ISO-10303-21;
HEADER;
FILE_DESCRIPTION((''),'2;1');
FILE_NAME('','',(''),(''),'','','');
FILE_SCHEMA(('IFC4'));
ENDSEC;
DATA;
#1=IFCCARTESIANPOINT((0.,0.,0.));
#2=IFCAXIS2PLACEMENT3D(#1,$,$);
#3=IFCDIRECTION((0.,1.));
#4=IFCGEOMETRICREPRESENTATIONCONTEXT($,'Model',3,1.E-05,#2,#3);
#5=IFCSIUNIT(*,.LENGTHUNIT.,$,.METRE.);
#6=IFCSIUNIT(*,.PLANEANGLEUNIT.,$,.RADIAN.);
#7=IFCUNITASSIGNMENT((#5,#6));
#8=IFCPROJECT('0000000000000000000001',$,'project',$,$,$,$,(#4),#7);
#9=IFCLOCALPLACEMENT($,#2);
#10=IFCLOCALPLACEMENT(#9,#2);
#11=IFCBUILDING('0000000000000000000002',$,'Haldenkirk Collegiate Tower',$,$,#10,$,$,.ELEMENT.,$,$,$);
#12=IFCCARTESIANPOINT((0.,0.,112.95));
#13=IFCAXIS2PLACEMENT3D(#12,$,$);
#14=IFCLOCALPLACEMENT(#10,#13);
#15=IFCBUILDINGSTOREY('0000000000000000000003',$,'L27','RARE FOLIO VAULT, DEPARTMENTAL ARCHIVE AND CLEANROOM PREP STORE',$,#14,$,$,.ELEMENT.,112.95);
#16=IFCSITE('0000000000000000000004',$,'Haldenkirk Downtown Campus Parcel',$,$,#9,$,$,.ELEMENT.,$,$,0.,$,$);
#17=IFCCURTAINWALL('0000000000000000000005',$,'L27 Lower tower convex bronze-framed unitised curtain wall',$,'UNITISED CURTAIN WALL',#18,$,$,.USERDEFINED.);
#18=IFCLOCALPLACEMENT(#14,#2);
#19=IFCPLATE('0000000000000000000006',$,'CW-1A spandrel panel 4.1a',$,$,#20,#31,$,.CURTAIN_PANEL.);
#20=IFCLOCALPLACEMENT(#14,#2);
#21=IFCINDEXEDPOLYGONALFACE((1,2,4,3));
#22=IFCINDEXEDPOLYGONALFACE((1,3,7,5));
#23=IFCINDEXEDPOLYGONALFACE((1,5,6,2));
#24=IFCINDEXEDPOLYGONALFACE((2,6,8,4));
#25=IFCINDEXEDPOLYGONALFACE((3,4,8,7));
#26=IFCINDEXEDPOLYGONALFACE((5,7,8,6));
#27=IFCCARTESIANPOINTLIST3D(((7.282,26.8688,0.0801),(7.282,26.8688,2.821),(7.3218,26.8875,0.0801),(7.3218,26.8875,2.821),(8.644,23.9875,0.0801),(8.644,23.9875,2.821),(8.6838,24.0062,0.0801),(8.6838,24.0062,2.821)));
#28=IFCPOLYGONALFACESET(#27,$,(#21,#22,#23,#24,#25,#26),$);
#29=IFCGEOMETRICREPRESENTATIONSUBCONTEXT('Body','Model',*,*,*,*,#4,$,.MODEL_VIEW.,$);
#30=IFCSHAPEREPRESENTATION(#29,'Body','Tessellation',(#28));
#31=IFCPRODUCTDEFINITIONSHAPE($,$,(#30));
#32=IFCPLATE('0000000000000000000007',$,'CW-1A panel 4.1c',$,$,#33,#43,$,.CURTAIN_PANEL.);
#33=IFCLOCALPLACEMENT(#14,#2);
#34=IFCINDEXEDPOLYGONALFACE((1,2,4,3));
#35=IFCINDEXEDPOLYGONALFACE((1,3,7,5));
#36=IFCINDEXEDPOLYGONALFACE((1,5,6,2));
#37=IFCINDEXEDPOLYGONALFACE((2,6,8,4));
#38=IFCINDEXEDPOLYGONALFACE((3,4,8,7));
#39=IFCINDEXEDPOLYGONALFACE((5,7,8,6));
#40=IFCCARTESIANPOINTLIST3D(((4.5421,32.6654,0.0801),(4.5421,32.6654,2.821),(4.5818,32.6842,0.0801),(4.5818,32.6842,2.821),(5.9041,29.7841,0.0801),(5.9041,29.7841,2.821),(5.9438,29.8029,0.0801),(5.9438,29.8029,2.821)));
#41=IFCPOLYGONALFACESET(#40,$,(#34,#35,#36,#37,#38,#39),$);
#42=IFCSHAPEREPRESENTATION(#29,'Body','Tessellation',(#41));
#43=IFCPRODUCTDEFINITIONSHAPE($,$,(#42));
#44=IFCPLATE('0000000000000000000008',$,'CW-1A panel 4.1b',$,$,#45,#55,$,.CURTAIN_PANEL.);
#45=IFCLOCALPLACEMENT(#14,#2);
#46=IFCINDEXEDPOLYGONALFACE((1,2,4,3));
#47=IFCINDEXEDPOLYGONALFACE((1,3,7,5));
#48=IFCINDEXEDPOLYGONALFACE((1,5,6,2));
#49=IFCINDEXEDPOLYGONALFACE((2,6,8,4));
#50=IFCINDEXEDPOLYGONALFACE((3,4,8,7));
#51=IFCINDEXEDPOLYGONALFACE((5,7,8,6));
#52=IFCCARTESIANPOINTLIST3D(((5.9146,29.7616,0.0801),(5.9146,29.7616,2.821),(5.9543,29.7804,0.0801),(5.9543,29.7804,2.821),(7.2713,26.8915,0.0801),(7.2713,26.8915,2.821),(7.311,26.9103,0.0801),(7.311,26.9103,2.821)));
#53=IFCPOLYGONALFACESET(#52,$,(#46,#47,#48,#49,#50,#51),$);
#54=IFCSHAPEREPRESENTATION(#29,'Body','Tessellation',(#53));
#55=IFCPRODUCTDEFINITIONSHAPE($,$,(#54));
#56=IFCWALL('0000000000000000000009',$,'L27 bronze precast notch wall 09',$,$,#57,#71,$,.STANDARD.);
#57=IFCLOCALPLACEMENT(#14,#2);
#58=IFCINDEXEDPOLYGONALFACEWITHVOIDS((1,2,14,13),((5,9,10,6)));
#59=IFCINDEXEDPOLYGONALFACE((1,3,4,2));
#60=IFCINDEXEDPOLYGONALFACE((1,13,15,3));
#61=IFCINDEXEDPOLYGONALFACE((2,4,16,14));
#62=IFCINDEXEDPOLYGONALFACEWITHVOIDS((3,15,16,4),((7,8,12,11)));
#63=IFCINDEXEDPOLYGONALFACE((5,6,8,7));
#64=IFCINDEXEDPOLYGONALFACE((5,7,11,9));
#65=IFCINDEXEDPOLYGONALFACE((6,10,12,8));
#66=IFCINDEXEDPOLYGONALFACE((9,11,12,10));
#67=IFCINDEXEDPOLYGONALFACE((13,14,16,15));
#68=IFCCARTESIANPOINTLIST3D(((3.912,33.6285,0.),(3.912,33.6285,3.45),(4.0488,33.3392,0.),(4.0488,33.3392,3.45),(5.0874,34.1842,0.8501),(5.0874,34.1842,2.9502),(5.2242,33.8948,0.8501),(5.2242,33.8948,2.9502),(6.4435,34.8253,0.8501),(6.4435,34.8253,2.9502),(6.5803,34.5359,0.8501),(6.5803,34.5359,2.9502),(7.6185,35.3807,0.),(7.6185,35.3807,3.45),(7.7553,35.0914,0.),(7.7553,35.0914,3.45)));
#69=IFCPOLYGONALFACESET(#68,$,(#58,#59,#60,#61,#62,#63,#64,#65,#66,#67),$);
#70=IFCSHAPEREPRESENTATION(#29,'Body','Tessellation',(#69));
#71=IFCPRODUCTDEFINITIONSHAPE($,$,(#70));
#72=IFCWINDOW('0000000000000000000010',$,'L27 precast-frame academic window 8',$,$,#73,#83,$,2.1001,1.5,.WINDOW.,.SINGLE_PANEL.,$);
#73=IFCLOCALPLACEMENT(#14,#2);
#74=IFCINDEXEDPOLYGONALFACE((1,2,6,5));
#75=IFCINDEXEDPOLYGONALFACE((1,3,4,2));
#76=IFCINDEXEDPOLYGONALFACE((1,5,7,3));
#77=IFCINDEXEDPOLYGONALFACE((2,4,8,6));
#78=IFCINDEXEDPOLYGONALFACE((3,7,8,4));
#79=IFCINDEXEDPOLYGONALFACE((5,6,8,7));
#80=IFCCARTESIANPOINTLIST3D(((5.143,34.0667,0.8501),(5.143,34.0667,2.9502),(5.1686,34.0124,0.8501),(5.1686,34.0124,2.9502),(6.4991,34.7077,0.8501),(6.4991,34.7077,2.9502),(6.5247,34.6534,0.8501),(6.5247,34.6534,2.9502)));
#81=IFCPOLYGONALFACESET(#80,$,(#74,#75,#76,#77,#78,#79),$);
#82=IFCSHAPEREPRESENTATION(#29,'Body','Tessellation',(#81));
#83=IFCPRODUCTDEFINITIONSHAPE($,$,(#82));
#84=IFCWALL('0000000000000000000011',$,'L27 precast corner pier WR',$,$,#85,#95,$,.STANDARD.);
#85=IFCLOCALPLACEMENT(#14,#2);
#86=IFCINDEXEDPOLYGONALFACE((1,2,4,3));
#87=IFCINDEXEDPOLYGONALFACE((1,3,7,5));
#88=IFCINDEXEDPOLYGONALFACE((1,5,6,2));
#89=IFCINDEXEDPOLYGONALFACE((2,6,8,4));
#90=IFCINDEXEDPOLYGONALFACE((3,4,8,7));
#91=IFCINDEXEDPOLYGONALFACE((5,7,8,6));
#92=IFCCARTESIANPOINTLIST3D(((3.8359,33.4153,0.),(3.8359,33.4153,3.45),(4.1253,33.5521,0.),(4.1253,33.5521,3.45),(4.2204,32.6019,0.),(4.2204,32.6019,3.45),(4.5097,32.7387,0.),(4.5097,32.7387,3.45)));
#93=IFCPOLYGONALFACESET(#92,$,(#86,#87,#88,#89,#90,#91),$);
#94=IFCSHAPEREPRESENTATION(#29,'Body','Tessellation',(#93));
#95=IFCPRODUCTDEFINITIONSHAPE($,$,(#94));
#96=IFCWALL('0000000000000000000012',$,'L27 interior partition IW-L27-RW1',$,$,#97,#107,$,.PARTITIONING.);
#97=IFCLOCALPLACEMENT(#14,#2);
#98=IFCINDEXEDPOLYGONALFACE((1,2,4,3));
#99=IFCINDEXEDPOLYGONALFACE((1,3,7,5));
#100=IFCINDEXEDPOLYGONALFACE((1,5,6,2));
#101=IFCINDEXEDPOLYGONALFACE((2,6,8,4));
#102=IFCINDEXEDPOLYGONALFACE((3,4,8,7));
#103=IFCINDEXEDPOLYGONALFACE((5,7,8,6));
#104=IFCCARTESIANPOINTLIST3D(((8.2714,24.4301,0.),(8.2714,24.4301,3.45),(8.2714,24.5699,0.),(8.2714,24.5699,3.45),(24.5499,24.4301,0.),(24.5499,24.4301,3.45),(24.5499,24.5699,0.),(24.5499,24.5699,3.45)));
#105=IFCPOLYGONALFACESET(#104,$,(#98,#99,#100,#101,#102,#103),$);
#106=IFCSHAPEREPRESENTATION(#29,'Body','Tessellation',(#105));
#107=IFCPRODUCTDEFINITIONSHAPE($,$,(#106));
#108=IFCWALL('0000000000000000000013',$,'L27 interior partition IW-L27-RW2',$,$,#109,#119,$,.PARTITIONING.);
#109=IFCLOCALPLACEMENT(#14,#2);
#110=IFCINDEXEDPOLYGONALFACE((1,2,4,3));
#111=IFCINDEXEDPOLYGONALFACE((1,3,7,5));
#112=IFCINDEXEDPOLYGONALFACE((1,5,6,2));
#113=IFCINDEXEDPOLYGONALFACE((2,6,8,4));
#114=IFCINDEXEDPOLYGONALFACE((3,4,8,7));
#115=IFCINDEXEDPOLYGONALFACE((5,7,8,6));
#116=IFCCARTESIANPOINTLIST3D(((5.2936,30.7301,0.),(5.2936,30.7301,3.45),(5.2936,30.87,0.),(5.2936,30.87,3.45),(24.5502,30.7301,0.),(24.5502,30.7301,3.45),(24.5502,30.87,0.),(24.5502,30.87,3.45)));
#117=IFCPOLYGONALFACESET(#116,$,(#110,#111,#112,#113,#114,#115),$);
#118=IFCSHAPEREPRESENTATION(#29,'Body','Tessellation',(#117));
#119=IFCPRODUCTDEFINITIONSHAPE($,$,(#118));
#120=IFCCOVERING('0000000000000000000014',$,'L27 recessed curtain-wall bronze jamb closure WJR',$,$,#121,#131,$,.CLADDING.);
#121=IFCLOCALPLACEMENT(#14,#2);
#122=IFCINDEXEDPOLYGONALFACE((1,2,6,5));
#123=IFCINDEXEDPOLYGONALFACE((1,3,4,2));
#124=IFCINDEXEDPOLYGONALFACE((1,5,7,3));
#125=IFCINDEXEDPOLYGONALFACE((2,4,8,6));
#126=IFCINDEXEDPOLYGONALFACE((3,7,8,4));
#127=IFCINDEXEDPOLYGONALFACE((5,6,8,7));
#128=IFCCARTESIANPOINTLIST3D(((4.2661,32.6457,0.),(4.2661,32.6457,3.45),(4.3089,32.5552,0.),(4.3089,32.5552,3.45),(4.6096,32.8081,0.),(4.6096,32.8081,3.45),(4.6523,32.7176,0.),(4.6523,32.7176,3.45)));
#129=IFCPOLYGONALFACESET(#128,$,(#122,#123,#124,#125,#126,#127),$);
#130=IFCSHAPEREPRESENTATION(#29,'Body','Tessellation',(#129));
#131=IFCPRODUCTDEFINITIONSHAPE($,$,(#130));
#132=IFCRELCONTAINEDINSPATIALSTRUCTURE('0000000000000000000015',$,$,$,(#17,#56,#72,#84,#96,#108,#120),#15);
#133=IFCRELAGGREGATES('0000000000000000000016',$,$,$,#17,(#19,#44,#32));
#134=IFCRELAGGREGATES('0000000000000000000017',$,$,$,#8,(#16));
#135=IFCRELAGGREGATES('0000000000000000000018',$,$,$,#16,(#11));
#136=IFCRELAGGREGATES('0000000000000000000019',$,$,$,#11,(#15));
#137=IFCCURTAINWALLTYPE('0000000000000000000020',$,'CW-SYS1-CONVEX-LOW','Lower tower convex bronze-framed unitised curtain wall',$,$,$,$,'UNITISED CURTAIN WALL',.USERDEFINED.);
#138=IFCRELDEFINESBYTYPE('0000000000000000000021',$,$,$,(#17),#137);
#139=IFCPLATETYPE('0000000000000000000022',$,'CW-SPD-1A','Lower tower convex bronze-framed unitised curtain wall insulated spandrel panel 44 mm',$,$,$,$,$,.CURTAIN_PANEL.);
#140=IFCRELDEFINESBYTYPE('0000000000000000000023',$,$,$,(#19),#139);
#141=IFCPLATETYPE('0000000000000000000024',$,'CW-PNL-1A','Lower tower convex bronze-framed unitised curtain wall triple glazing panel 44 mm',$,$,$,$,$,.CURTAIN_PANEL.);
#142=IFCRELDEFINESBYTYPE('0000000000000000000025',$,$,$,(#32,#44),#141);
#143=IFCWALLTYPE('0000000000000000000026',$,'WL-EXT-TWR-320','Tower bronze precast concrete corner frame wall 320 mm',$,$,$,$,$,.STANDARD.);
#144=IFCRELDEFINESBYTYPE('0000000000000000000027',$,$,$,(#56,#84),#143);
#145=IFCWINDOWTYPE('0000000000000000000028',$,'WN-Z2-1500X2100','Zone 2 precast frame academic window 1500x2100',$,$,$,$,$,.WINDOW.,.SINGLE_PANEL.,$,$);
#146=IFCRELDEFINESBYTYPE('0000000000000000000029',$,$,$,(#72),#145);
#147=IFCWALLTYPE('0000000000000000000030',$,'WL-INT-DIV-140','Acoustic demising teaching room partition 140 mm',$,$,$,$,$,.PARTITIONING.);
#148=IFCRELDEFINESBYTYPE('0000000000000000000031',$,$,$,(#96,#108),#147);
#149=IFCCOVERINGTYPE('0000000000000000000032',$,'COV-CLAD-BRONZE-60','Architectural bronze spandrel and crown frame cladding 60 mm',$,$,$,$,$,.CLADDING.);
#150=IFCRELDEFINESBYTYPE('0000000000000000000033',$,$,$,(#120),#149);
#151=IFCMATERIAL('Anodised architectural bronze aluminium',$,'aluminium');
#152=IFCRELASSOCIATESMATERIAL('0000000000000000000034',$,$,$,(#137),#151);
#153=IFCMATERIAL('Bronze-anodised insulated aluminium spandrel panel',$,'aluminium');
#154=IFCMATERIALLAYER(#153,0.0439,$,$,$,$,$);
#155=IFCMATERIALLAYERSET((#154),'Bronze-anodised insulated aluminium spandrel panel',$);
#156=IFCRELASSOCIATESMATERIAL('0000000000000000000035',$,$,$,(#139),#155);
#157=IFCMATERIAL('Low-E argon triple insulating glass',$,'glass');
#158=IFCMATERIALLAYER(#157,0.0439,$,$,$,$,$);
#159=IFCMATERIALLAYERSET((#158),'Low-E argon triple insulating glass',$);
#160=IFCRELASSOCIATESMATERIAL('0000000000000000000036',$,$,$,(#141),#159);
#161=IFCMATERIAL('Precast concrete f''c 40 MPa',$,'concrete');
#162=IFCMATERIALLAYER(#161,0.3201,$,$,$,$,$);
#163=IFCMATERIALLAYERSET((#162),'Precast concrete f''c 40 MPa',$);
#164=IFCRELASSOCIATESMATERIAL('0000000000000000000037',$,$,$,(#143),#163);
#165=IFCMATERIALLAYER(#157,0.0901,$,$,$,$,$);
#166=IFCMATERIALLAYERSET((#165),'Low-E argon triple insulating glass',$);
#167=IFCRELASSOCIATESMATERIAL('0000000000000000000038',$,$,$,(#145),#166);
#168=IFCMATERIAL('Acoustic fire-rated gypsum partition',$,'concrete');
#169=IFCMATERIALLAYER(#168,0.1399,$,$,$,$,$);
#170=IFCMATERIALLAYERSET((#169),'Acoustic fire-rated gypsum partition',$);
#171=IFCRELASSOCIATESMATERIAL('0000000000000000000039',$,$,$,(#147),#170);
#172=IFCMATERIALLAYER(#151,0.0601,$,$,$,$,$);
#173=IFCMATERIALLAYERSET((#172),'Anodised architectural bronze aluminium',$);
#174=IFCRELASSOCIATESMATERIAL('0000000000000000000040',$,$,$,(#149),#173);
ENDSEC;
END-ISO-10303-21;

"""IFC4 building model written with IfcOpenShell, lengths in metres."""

from ifc_helpers import new_model, si_unit, direction, frame, frame_2d, origin, origin_2d, place, context, subcontext, project, spatial, rectangle, extrude, source, transform, mapped, material, layer, layer_set, type_object, element, fill, aggregate, save


model = new_model("IFC4")

# Units and contexts
model_context = context("Model", 3, precision=1e-05, world=origin(), true_north=direction((0.0, 1.0)))
body_context = subcontext(model_context, "Body", "Model", "MODEL_VIEW")
ifc_project = project(units=[si_unit("LENGTHUNIT", "METRE"), si_unit("PLANEANGLEUNIT", "RADIAN")], contexts=[model_context])

# Site, building, storey
site_placement = place(None, origin())
site = spatial("IfcSite", under=ifc_project, at=site_placement, Name="Haldenkirk Downtown Campus Parcel", CompositionType="ELEMENT", RefElevation=0.0)
building_placement = place(site_placement, origin())
building = spatial("IfcBuilding", under=site, at=building_placement, Name="Haldenkirk Collegiate Tower", CompositionType="ELEMENT")
storey_placement = place(building_placement, frame((0.0, 0.0, 112.95)))
storey = spatial("IfcBuildingStorey", under=building, at=storey_placement, Name="L27", Description="RARE FOLIO VAULT, DEPARTMENTAL ARCHIVE AND CLEANROOM PREP STORE", CompositionType="ELEMENT", Elevation=112.95)

# Curtain wall, plates
ifc_material_1 = material(Name="Anodised architectural bronze aluminium", Category="aluminium")
curtain_wall_type = type_object("IfcCurtainWallType", Name="CW-SYS1-CONVEX-LOW", Description="Lower tower convex bronze-framed unitised curtain wall", ElementType="UNITISED CURTAIN WALL", PredefinedType="USERDEFINED", material=ifc_material_1)
curtain_wall_placement = place(storey_placement, origin())
curtain_wall = element("IfcCurtainWall", 1, at=curtain_wall_placement, inside=storey, type_object=curtain_wall_type, Name="L27 Lower tower convex bronze-framed unitised curtain wall", ObjectType="UNITISED CURTAIN WALL", PredefinedType="USERDEFINED")
ifc_material_2 = material(Name="Bronze-anodised insulated aluminium spandrel panel", Category="aluminium")
ifc_layer_1 = layer(ifc_material_2, 0.0439)
ifc_layer_set_1 = layer_set([ifc_layer_1], Name="Bronze-anodised insulated aluminium spandrel panel")
plate_type_1 = type_object("IfcPlateType", Name="CW-SPD-1A", Description="Lower tower convex bronze-framed unitised curtain wall insulated spandrel panel 44 mm", PredefinedType="CURTAIN_PANEL", material=ifc_layer_set_1)
shared_shape_1 = source(origin(), body_context, "Body", "SweptSolid", [
    extrude(rectangle(XDim=3.187, YDim=0.0439, at=origin_2d()), origin(), (0.0, 0.0, 1.0), 2.741),
])
plate_1_placement = place(storey_placement, frame((7.9829, 25.4375, 0.0801), z_axis=(0.0, 0.0, 1.0), x_axis=(-0.42736, 0.904081, 0.0)))
plate_1 = element("IfcPlate", 2, at=plate_1_placement, type_object=plate_type_1, Name="CW-1A spandrel panel 4.1a", PredefinedType="CURTAIN_PANEL", context=body_context, shape_type="MappedRepresentation", body=[
    mapped(shared_shape_1, transform((0.0, 0.0, 0.0), x_axis=(1.0, 0.0, 0.0), y_axis=(0.0, 1.0, 0.0), z_axis=(0.0, 0.0, 1.0), scale=1.0)),
])
ifc_material_3 = material(Name="Low-E argon triple insulating glass", Category="glass")
ifc_layer_2 = layer(ifc_material_3, 0.0439)
ifc_layer_set_2 = layer_set([ifc_layer_2], Name="Low-E argon triple insulating glass")
plate_type_2 = type_object("IfcPlateType", Name="CW-PNL-1A", Description="Lower tower convex bronze-framed unitised curtain wall triple glazing panel 44 mm", PredefinedType="CURTAIN_PANEL", material=ifc_layer_set_2)
plate_2_placement = place(storey_placement, frame((5.2429, 31.2341, 0.0801), z_axis=(0.0, 0.0, 1.0), x_axis=(-0.42736, 0.904081, 0.0)))
plate_2 = element("IfcPlate", 3, at=plate_2_placement, type_object=plate_type_2, Name="CW-1A panel 4.1c", PredefinedType="CURTAIN_PANEL", context=body_context, shape_type="MappedRepresentation", body=[
    mapped(shared_shape_1, transform((0.0, 0.0, 0.0), x_axis=(1.0, 0.0, 0.0), y_axis=(0.0, 1.0, 0.0), z_axis=(0.0, 0.0, 1.0), scale=1.0)),
])
shared_shape_2 = source(origin(), body_context, "Body", "SweptSolid", [
    extrude(rectangle(XDim=3.1746, YDim=0.0439, at=origin_2d()), origin(), (0.0, 0.0, 1.0), 2.741),
])
plate_3_placement = place(storey_placement, frame((6.6128, 28.3359, 0.0801), z_axis=(0.0, 0.0, 1.0), x_axis=(-0.42736, 0.904081, 0.0)))
plate_3 = element("IfcPlate", 4, at=plate_3_placement, type_object=plate_type_2, Name="CW-1A panel 4.1b", PredefinedType="CURTAIN_PANEL", context=body_context, shape_type="MappedRepresentation", body=[
    mapped(shared_shape_2, transform((0.0, 0.0, 0.0), x_axis=(1.0, 0.0, 0.0), y_axis=(0.0, 1.0, 0.0), z_axis=(0.0, 0.0, 1.0), scale=1.0)),
])
aggregate(curtain_wall, [plate_1, plate_3, plate_2])

# Wall, opening, window
ifc_material_4 = material(Name="Precast concrete f'c 40 MPa", Category="concrete")
ifc_layer_3 = layer(ifc_material_4, 0.3201)
ifc_layer_set_3 = layer_set([ifc_layer_3], Name="Precast concrete f'c 40 MPa")
wall_type_1 = type_object("IfcWallType", Name="WL-EXT-TWR-320", Description="Tower bronze precast concrete corner frame wall 320 mm", PredefinedType="STANDARD", material=ifc_layer_set_3)
wall_1_placement = place(storey_placement, frame((3.9805, 33.4839, 0.0), z_axis=(0.0, 0.0, 1.0), x_axis=(0.904071, 0.427382, 0.0)))
wall_1 = element("IfcWall", 5, at=wall_1_placement, inside=storey, type_object=wall_type_1, Name="L27 bronze precast notch wall 09", PredefinedType="STANDARD", context=body_context, shape_type="SweptSolid", body=[
    extrude(rectangle(XDim=4.0999, YDim=0.3201, at=frame_2d((2.0498, 0.0))), origin(), (0.0, 0.0, 1.0), 3.45),
])
opening_1_placement = place(wall_1_placement, frame((1.3, 0.0, 0.8501)))
opening_1 = element("IfcOpeningElement", 6, at=opening_1_placement, cuts=wall_1, PredefinedType="OPENING", context=body_context, shape_type="SweptSolid", body=[
    extrude(rectangle(XDim=1.5, YDim=2.1001, at=frame_2d((0.75, 1.05))), frame((0.0, 0.1699, 0.0), z_axis=(0.0, -1.0, 0.0), x_axis=(1.0, 0.0, 0.0)), (0.0, 0.0, 1.0), 0.3401),
])
ifc_layer_4 = layer(ifc_material_3, 0.0901)
ifc_layer_set_4 = layer_set([ifc_layer_4], Name="Low-E argon triple insulating glass")
window_type = type_object("IfcWindowType", Name="WN-Z2-1500X2100", Description="Zone 2 precast frame academic window 1500x2100", PartitioningType="SINGLE_PANEL", PredefinedType="WINDOW", material=ifc_layer_set_4)
window_placement = place(opening_1_placement, origin())
window = element("IfcWindow", 7, at=window_placement, inside=storey, type_object=window_type, Name="L27 precast-frame academic window 8", OverallHeight=2.1001, OverallWidth=1.5, PartitioningType="SINGLE_PANEL", PredefinedType="WINDOW", context=body_context, shape_type="SweptSolid", body=[
    extrude(rectangle(XDim=1.5, YDim=2.1001, at=frame_2d((0.75, 1.05))), frame((0.0, 0.03, 0.0), z_axis=(0.0, -1.0, 0.0), x_axis=(1.0, 0.0, 0.0)), (0.0, 0.0, 1.0), 0.0601),
])
fill(opening_1, window)

# Wall
wall_2_placement = place(storey_placement, frame((4.365, 32.6704, 0.0), z_axis=(0.0, 0.0, 1.0), x_axis=(-0.427351, 0.904086, 0.0)))
element("IfcWall", 8, at=wall_2_placement, inside=storey, type_object=wall_type_1, Name="L27 precast corner pier WR", PredefinedType="STANDARD", context=body_context, shape_type="SweptSolid", body=[
    extrude(rectangle(XDim=0.8997, YDim=0.3201, at=frame_2d((0.4497, 0.0))), origin(), (0.0, 0.0, 1.0), 3.45),
])

# Shared definitions
ifc_material_5 = material(Name="Acoustic fire-rated gypsum partition", Category="concrete")

# Walls
ifc_layer_5 = layer(ifc_material_5, 0.1399)
ifc_layer_set_5 = layer_set([ifc_layer_5], Name="Acoustic fire-rated gypsum partition")
wall_type_2 = type_object("IfcWallType", Name="WL-INT-DIV-140", Description="Acoustic demising teaching room partition 140 mm", PredefinedType="PARTITIONING", material=ifc_layer_set_5)
wall_3_placement = place(storey_placement, frame((8.2715, 24.5, 0.0), z_axis=(0.0, 0.0, 1.0), x_axis=(1.0, 0.0, 0.0)))
element("IfcWall", 9, at=wall_3_placement, inside=storey, type_object=wall_type_2, Name="L27 interior partition IW-L27-RW1", PredefinedType="PARTITIONING", context=body_context, shape_type="SweptSolid", body=[
    extrude(rectangle(XDim=16.2786, YDim=0.1399, at=frame_2d((8.1392, 0.0))), origin(), (0.0, 0.0, 1.0), 3.45),
])
wall_4_placement = place(storey_placement, frame((5.2935, 30.8, 0.0), z_axis=(0.0, 0.0, 1.0), x_axis=(1.0, 0.0, 0.0)))
element("IfcWall", 10, at=wall_4_placement, inside=storey, type_object=wall_type_2, Name="L27 interior partition IW-L27-RW2", PredefinedType="PARTITIONING", context=body_context, shape_type="SweptSolid", body=[
    extrude(rectangle(XDim=19.2566, YDim=0.1399, at=frame_2d((9.6284, 0.0))), origin(), (0.0, 0.0, 1.0), 3.45),
])

# Covering
ifc_layer_6 = layer(ifc_material_1, 0.0601)
ifc_layer_set_6 = layer_set([ifc_layer_6], Name="Anodised architectural bronze aluminium")
covering_type = type_object("IfcCoveringType", Name="COV-CLAD-BRONZE-60", Description="Architectural bronze spandrel and crown frame cladding 60 mm", PredefinedType="CLADDING", material=ifc_layer_set_6)
shared_shape_3 = source(origin(), body_context, "Body", "SweptSolid", [
    extrude(rectangle(XDim=0.1001, YDim=0.3799, at=origin_2d()), origin(), (0.0, 0.0, 1.0), 3.45),
])
covering_placement = place(storey_placement, frame((4.4592, 32.6816, 0.0), z_axis=(0.0, 0.0, 1.0), x_axis=(-0.427358, 0.904083, 0.0)))
element("IfcCovering", 11, at=covering_placement, inside=storey, type_object=covering_type, Name="L27 recessed curtain-wall bronze jamb closure WJR", PredefinedType="CLADDING", context=body_context, shape_type="MappedRepresentation", body=[
    mapped(shared_shape_3, transform((0.0, 0.0, 0.0), x_axis=(1.0, 0.0, 0.0), y_axis=(0.0, 1.0, 0.0), z_axis=(0.0, 0.0, 1.0), scale=1.0)),
])

save(model, "model.ifc")
